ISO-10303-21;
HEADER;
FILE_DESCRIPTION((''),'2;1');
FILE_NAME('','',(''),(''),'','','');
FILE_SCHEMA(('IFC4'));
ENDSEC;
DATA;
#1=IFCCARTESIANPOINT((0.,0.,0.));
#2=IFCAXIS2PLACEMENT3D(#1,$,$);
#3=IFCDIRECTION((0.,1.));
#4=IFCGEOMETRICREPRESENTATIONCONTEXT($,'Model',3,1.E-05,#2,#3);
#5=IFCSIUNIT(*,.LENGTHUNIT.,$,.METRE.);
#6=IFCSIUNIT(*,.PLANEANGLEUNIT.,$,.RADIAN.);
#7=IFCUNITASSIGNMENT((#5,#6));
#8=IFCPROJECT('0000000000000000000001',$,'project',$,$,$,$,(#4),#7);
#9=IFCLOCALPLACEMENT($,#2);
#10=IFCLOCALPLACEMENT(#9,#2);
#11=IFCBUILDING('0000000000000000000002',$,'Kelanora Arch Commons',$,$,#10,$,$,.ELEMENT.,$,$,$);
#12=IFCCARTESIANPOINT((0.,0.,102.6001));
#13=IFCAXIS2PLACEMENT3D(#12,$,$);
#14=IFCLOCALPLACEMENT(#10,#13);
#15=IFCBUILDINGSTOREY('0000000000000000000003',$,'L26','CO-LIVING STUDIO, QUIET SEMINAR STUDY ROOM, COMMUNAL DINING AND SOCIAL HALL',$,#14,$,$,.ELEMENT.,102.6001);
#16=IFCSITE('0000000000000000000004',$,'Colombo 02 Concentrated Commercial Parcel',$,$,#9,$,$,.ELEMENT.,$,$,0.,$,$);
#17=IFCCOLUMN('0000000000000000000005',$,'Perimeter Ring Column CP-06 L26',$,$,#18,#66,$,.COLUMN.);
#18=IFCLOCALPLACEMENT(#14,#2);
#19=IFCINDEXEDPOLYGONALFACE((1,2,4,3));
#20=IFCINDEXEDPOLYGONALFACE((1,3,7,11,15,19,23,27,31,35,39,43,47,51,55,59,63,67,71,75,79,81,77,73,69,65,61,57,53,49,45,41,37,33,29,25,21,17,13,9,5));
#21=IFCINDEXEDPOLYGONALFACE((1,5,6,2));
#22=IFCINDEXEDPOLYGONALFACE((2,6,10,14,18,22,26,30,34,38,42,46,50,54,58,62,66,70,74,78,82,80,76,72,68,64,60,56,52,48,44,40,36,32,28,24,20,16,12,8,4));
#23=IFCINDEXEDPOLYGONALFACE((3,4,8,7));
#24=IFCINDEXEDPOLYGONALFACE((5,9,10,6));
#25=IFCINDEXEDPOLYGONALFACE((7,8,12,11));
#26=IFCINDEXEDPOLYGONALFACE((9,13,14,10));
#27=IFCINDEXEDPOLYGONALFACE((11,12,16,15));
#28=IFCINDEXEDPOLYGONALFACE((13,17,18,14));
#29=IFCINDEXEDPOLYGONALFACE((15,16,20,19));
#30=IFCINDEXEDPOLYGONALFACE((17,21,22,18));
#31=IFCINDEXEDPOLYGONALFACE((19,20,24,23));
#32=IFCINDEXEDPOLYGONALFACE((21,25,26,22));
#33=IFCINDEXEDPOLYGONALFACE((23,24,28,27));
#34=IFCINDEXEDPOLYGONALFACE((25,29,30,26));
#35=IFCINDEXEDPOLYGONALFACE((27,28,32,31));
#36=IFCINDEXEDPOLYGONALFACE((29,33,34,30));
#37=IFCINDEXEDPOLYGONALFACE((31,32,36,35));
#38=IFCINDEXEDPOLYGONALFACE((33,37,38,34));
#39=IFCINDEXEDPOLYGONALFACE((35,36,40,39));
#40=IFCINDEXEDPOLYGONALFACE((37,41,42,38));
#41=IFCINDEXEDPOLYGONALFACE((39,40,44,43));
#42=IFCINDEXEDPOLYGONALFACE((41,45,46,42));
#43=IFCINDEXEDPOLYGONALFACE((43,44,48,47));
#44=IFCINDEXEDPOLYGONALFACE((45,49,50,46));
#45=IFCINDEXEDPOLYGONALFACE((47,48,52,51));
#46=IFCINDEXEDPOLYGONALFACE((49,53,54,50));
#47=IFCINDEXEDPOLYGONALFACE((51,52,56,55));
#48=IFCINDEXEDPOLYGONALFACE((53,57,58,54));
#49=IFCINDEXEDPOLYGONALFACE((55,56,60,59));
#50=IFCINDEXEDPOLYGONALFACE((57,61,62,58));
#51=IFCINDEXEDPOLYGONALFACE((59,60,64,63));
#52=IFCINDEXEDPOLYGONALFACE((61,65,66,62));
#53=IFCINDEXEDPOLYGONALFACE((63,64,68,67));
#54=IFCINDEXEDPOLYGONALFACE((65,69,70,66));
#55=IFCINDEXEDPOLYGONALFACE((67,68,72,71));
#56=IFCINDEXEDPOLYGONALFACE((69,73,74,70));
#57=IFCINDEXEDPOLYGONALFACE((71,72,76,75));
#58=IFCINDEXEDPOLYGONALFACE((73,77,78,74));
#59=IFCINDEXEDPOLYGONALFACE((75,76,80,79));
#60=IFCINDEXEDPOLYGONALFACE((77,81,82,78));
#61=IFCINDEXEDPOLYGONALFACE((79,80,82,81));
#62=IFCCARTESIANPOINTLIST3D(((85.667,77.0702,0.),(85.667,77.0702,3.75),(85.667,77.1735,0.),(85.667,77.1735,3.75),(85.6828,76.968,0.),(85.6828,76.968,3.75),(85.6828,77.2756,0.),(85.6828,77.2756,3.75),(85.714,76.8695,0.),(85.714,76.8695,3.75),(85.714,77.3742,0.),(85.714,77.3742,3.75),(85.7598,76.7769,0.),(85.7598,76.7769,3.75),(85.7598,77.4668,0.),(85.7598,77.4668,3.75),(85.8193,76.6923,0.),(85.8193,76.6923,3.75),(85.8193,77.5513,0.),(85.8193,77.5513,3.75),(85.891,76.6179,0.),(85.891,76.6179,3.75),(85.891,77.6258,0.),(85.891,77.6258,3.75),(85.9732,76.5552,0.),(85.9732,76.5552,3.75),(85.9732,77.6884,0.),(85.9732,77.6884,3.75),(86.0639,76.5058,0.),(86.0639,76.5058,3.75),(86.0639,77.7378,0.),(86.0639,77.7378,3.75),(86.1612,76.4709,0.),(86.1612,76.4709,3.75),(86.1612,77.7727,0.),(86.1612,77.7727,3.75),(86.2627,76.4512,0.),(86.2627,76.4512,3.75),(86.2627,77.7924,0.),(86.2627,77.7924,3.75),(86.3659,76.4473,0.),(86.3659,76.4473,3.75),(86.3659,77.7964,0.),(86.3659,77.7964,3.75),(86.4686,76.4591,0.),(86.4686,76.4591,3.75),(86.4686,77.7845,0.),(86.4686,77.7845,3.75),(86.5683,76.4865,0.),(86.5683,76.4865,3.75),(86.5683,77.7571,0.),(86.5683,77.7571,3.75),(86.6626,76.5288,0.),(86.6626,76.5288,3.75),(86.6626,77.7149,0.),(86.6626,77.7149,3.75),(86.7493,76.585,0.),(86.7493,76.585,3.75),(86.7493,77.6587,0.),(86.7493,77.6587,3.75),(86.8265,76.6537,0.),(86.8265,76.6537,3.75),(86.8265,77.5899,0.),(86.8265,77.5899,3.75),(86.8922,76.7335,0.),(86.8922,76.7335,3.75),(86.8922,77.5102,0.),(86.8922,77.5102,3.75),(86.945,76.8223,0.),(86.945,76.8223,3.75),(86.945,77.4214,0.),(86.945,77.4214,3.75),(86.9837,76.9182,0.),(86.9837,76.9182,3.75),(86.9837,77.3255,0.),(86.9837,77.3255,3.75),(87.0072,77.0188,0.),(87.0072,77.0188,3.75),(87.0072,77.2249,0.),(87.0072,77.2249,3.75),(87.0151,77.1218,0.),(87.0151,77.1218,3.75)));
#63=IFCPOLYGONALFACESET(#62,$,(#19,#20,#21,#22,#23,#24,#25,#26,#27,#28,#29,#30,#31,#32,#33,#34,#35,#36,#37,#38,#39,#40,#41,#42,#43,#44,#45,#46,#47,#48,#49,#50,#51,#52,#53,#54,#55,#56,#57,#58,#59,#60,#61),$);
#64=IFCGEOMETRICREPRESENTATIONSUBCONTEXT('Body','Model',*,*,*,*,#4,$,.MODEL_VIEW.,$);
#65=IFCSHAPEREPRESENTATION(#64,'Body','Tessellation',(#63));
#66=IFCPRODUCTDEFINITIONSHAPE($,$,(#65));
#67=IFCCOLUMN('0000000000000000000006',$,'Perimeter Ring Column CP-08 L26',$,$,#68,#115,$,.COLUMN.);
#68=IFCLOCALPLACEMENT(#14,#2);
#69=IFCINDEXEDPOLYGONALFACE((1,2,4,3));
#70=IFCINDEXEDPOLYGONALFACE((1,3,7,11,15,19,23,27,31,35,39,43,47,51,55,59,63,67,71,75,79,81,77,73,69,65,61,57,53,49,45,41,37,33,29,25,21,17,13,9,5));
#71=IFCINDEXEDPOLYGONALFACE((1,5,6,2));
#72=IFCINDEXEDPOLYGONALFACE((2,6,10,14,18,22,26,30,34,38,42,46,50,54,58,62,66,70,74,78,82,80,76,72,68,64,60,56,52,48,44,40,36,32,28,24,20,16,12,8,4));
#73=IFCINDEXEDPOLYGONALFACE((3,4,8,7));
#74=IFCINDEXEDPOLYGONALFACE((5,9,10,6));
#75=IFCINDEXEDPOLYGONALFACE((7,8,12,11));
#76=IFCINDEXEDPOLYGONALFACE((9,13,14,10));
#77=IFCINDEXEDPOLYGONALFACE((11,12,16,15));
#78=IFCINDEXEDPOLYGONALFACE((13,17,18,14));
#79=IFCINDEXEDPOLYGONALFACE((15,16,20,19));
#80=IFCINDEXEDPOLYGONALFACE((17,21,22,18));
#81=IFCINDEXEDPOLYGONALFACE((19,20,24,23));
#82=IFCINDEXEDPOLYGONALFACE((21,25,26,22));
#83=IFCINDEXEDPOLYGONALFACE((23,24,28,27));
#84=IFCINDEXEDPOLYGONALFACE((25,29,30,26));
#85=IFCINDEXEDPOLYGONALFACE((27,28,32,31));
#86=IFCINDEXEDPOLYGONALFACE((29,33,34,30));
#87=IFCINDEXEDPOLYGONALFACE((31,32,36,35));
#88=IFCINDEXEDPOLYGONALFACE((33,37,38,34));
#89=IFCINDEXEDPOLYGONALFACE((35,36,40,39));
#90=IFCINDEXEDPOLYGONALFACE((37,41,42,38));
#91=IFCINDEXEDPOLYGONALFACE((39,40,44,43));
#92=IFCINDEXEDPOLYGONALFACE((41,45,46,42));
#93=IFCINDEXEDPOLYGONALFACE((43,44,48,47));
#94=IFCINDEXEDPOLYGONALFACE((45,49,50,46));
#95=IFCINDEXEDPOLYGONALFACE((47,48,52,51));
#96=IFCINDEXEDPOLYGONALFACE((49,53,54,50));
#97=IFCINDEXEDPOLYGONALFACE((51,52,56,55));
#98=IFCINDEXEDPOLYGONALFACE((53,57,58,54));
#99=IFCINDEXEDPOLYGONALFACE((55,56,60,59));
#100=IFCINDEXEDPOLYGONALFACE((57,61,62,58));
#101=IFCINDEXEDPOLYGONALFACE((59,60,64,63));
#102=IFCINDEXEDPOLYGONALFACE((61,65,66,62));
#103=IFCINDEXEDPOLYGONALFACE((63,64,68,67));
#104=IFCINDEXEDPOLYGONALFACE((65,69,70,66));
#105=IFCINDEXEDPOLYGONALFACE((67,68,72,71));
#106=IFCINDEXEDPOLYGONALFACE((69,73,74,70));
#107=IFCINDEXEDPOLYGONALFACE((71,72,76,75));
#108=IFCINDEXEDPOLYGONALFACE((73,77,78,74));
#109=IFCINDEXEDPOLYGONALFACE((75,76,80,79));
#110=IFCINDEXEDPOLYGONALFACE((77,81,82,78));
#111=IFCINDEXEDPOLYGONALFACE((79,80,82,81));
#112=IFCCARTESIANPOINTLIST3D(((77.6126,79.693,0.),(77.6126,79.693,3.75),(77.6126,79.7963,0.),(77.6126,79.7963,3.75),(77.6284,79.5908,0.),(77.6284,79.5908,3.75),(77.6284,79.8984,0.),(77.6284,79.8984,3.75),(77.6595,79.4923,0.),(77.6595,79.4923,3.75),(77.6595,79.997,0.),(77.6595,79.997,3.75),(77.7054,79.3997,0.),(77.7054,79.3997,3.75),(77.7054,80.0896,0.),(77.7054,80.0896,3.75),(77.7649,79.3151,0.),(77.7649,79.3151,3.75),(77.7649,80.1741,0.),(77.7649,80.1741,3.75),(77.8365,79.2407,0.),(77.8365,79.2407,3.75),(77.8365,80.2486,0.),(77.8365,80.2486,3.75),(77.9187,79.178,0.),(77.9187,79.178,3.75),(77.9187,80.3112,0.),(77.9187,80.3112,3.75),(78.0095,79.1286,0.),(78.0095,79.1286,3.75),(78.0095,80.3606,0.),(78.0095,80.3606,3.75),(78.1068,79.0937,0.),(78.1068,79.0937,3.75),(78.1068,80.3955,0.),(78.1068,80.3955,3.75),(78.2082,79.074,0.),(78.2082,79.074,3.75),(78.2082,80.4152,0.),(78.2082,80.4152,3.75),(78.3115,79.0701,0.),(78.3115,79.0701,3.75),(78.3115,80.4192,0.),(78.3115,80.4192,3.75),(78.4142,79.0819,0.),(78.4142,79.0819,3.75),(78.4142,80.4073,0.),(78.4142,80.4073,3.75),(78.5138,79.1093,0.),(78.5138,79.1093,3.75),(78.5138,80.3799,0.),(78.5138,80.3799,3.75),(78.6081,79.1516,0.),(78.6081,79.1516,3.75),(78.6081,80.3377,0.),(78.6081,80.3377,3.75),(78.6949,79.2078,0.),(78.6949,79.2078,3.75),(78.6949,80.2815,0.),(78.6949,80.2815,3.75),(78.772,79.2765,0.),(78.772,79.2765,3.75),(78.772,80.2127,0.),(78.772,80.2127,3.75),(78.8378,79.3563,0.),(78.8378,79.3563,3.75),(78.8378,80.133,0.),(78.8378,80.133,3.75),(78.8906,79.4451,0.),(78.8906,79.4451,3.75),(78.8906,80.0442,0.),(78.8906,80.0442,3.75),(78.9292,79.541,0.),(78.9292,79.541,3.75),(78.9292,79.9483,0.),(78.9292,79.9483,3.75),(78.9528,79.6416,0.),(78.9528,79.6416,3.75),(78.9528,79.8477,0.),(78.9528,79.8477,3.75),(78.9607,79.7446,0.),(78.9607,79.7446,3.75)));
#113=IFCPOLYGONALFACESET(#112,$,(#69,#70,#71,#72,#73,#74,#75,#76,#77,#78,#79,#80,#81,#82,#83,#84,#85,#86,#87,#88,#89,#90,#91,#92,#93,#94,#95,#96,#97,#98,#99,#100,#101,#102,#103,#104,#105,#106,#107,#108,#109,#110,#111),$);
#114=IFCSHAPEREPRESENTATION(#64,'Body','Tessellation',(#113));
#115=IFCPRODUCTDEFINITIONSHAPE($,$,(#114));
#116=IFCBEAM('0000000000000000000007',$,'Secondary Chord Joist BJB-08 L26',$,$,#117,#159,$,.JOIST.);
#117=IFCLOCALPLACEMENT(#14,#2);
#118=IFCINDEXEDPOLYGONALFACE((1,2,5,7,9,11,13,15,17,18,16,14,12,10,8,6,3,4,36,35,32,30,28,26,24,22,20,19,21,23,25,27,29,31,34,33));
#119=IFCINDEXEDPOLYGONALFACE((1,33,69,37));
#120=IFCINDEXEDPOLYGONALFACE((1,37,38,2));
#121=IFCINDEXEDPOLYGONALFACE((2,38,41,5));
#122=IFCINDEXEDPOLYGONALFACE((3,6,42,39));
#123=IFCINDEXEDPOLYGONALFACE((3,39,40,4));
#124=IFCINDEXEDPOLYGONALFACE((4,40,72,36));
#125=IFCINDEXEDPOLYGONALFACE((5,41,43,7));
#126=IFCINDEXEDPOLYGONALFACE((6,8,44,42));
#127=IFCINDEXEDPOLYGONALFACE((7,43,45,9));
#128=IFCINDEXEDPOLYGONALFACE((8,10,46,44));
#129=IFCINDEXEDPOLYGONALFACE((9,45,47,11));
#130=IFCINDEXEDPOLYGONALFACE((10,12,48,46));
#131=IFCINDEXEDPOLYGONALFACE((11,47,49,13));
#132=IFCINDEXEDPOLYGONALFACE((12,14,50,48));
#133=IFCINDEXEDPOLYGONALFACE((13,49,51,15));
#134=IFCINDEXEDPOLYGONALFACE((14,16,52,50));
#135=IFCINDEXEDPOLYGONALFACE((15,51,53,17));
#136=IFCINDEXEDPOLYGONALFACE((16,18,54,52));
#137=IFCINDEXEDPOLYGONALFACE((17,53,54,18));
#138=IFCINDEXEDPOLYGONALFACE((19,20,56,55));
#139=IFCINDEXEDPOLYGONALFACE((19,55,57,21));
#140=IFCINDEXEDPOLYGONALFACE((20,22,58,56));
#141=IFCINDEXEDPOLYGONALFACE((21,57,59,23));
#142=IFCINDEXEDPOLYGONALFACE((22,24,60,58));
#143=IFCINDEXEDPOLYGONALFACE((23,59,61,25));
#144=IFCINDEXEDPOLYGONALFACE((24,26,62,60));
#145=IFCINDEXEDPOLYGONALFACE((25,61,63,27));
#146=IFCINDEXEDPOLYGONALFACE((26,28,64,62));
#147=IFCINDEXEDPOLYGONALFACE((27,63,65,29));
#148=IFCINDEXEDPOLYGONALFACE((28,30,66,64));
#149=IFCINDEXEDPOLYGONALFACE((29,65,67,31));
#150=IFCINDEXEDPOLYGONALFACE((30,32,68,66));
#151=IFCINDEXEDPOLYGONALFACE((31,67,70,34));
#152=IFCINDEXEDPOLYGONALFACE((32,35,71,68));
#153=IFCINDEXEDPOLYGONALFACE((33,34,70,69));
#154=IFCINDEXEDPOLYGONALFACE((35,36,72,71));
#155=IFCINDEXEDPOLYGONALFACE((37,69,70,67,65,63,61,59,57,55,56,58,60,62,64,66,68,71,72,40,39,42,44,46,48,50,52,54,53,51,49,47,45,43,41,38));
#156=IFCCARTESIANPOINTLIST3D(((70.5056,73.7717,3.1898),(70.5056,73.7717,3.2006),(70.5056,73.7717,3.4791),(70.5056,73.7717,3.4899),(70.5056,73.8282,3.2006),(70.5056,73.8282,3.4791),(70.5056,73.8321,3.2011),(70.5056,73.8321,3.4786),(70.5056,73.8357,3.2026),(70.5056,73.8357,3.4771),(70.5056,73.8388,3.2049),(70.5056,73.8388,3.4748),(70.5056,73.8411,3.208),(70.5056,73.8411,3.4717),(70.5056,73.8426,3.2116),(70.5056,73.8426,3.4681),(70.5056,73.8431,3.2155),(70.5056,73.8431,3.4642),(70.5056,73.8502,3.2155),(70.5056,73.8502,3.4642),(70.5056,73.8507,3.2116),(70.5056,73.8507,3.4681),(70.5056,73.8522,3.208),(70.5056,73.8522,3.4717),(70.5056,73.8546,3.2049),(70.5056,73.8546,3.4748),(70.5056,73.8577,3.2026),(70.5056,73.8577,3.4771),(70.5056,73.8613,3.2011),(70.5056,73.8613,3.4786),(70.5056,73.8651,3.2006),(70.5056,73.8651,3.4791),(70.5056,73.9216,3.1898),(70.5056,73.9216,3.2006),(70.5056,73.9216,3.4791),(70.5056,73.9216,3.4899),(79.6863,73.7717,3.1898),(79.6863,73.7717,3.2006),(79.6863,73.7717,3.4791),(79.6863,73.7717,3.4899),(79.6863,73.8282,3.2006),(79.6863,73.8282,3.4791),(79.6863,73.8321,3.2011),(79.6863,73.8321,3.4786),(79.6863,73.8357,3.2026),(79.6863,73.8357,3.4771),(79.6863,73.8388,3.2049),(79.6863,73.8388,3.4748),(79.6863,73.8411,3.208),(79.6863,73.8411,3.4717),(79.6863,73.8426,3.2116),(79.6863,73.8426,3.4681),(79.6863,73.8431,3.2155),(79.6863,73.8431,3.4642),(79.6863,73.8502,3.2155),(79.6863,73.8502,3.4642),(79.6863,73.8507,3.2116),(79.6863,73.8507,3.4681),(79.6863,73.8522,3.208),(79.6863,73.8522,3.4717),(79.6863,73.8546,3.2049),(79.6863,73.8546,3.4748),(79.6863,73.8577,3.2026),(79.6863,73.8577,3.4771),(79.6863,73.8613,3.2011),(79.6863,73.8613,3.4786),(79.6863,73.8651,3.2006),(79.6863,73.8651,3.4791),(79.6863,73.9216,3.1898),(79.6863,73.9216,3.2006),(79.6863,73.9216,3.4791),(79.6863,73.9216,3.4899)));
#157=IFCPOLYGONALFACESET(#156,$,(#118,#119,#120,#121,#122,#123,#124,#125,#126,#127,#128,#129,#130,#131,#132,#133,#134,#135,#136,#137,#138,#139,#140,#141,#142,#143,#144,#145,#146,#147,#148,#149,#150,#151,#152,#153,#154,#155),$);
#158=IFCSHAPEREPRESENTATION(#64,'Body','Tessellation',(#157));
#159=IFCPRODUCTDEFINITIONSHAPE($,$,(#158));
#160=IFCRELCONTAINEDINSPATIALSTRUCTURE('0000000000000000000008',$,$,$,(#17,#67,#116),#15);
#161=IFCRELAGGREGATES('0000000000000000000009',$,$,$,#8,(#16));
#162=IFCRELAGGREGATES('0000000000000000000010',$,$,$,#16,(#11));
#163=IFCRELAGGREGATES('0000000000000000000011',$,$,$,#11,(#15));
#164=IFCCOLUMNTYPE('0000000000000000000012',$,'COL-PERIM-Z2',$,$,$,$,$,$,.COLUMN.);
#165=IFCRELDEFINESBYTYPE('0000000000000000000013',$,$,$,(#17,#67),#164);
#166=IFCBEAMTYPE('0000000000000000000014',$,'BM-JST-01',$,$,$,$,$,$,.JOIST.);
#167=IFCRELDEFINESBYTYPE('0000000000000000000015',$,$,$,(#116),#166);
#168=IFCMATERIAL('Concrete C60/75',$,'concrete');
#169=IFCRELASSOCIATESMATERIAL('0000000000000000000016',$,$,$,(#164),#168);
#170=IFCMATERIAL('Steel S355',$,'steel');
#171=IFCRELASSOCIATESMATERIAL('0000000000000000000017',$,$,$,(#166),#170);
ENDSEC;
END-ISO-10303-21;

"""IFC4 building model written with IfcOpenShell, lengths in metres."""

from ifc_helpers import new_model, si_unit, direction, frame, origin, origin_2d, place, context, subcontext, project, spatial, circle, i_section, extrude, material, material_profile, profile_set, type_object, element, save


model = new_model("IFC4")

# Units and contexts
model_context = context("Model", 3, precision=1e-05, world=origin(), true_north=direction((0.0, 1.0)))
body_context = subcontext(model_context, "Body", "Model", "MODEL_VIEW")
ifc_project = project(units=[si_unit("LENGTHUNIT", "METRE"), si_unit("PLANEANGLEUNIT", "RADIAN")], contexts=[model_context])

# Site, building, storey
site_placement = place(None, origin())
site = spatial("IfcSite", under=ifc_project, at=site_placement, Name="Colombo 02 Concentrated Commercial Parcel", CompositionType="ELEMENT", RefElevation=0.0)
building_placement = place(site_placement, origin())
building = spatial("IfcBuilding", under=site, at=building_placement, Name="Kelanora Arch Commons", CompositionType="ELEMENT")
storey_placement = place(building_placement, frame((0.0, 0.0, 102.6001)))
storey = spatial("IfcBuildingStorey", under=building, at=storey_placement, Name="L26", Description="CO-LIVING STUDIO, QUIET SEMINAR STUDY ROOM, COMMUNAL DINING AND SOCIAL HALL", CompositionType="ELEMENT", Elevation=102.6001)

# Columns
ifc_material_1 = material(Name="Concrete C60/75", Category="concrete")
ifc_material_profile_1 = material_profile(ifc_material_1, circle(Radius=0.675, at=origin_2d()), Name="RCC1350")
ifc_profile_set_1 = profile_set([ifc_material_profile_1], Name="Concrete C60/75")
column_type = type_object("IfcColumnType", Name="COL-PERIM-Z2", PredefinedType="COLUMN", material=ifc_profile_set_1)
for number, where, z_axis, x_axis, name in (
    (1, (86.3401, 77.1218, 0.0), (0.0, 0.0, 1.0), (1.0, 0.0, 0.0), "Perimeter Ring Column CP-06 L26"),
    (2, (78.2856, 79.7446, 0.0), (0.0, 0.0, 1.0), (1.0, 0.0, 0.0), "Perimeter Ring Column CP-08 L26"),
):
    element("IfcColumn", number, at=place(storey_placement, frame(where, z_axis=z_axis, x_axis=x_axis)), inside=storey, type_object=column_type, Name=name, PredefinedType="COLUMN", context=body_context, shape_type="SweptSolid", body=[
        extrude(circle(Radius=0.675, at=origin_2d()), origin(), (0.0, 0.0, 1.0), 3.75),
    ])

# Beam
ifc_material_2 = material(Name="Steel S355", Category="steel")
ifc_material_profile_2 = material_profile(ifc_material_2, i_section(OverallWidth=0.1499, OverallDepth=0.3, WebThickness=0.0071, FlangeThickness=0.0107, FilletRadius=0.0149, at=origin_2d()), Name="IPE300")
ifc_profile_set_2 = profile_set([ifc_material_profile_2], Name="Steel S355")
beam_type_1 = type_object("IfcBeamType", Name="BM-JST-01", PredefinedType="JOIST", material=ifc_profile_set_2)
beam_1_placement = place(storey_placement, frame((79.6863, 73.8467, 3.3398), z_axis=(-1.0, 0.0, 0.0), x_axis=(0.0, -1.0, 0.0)))
element("IfcBeam", 3, at=beam_1_placement, inside=storey, type_object=beam_type_1, Name="Secondary Chord Joist BJB-08 L26", PredefinedType="JOIST", context=body_context, shape_type="SweptSolid", body=[
    extrude(i_section(OverallWidth=0.1499, OverallDepth=0.3, WebThickness=0.0071, FlangeThickness=0.0107, FilletRadius=0.0149, at=origin_2d()), origin(), (0.0, 0.0, 1.0), 9.1807),
])

save(model, "model.ifc")
